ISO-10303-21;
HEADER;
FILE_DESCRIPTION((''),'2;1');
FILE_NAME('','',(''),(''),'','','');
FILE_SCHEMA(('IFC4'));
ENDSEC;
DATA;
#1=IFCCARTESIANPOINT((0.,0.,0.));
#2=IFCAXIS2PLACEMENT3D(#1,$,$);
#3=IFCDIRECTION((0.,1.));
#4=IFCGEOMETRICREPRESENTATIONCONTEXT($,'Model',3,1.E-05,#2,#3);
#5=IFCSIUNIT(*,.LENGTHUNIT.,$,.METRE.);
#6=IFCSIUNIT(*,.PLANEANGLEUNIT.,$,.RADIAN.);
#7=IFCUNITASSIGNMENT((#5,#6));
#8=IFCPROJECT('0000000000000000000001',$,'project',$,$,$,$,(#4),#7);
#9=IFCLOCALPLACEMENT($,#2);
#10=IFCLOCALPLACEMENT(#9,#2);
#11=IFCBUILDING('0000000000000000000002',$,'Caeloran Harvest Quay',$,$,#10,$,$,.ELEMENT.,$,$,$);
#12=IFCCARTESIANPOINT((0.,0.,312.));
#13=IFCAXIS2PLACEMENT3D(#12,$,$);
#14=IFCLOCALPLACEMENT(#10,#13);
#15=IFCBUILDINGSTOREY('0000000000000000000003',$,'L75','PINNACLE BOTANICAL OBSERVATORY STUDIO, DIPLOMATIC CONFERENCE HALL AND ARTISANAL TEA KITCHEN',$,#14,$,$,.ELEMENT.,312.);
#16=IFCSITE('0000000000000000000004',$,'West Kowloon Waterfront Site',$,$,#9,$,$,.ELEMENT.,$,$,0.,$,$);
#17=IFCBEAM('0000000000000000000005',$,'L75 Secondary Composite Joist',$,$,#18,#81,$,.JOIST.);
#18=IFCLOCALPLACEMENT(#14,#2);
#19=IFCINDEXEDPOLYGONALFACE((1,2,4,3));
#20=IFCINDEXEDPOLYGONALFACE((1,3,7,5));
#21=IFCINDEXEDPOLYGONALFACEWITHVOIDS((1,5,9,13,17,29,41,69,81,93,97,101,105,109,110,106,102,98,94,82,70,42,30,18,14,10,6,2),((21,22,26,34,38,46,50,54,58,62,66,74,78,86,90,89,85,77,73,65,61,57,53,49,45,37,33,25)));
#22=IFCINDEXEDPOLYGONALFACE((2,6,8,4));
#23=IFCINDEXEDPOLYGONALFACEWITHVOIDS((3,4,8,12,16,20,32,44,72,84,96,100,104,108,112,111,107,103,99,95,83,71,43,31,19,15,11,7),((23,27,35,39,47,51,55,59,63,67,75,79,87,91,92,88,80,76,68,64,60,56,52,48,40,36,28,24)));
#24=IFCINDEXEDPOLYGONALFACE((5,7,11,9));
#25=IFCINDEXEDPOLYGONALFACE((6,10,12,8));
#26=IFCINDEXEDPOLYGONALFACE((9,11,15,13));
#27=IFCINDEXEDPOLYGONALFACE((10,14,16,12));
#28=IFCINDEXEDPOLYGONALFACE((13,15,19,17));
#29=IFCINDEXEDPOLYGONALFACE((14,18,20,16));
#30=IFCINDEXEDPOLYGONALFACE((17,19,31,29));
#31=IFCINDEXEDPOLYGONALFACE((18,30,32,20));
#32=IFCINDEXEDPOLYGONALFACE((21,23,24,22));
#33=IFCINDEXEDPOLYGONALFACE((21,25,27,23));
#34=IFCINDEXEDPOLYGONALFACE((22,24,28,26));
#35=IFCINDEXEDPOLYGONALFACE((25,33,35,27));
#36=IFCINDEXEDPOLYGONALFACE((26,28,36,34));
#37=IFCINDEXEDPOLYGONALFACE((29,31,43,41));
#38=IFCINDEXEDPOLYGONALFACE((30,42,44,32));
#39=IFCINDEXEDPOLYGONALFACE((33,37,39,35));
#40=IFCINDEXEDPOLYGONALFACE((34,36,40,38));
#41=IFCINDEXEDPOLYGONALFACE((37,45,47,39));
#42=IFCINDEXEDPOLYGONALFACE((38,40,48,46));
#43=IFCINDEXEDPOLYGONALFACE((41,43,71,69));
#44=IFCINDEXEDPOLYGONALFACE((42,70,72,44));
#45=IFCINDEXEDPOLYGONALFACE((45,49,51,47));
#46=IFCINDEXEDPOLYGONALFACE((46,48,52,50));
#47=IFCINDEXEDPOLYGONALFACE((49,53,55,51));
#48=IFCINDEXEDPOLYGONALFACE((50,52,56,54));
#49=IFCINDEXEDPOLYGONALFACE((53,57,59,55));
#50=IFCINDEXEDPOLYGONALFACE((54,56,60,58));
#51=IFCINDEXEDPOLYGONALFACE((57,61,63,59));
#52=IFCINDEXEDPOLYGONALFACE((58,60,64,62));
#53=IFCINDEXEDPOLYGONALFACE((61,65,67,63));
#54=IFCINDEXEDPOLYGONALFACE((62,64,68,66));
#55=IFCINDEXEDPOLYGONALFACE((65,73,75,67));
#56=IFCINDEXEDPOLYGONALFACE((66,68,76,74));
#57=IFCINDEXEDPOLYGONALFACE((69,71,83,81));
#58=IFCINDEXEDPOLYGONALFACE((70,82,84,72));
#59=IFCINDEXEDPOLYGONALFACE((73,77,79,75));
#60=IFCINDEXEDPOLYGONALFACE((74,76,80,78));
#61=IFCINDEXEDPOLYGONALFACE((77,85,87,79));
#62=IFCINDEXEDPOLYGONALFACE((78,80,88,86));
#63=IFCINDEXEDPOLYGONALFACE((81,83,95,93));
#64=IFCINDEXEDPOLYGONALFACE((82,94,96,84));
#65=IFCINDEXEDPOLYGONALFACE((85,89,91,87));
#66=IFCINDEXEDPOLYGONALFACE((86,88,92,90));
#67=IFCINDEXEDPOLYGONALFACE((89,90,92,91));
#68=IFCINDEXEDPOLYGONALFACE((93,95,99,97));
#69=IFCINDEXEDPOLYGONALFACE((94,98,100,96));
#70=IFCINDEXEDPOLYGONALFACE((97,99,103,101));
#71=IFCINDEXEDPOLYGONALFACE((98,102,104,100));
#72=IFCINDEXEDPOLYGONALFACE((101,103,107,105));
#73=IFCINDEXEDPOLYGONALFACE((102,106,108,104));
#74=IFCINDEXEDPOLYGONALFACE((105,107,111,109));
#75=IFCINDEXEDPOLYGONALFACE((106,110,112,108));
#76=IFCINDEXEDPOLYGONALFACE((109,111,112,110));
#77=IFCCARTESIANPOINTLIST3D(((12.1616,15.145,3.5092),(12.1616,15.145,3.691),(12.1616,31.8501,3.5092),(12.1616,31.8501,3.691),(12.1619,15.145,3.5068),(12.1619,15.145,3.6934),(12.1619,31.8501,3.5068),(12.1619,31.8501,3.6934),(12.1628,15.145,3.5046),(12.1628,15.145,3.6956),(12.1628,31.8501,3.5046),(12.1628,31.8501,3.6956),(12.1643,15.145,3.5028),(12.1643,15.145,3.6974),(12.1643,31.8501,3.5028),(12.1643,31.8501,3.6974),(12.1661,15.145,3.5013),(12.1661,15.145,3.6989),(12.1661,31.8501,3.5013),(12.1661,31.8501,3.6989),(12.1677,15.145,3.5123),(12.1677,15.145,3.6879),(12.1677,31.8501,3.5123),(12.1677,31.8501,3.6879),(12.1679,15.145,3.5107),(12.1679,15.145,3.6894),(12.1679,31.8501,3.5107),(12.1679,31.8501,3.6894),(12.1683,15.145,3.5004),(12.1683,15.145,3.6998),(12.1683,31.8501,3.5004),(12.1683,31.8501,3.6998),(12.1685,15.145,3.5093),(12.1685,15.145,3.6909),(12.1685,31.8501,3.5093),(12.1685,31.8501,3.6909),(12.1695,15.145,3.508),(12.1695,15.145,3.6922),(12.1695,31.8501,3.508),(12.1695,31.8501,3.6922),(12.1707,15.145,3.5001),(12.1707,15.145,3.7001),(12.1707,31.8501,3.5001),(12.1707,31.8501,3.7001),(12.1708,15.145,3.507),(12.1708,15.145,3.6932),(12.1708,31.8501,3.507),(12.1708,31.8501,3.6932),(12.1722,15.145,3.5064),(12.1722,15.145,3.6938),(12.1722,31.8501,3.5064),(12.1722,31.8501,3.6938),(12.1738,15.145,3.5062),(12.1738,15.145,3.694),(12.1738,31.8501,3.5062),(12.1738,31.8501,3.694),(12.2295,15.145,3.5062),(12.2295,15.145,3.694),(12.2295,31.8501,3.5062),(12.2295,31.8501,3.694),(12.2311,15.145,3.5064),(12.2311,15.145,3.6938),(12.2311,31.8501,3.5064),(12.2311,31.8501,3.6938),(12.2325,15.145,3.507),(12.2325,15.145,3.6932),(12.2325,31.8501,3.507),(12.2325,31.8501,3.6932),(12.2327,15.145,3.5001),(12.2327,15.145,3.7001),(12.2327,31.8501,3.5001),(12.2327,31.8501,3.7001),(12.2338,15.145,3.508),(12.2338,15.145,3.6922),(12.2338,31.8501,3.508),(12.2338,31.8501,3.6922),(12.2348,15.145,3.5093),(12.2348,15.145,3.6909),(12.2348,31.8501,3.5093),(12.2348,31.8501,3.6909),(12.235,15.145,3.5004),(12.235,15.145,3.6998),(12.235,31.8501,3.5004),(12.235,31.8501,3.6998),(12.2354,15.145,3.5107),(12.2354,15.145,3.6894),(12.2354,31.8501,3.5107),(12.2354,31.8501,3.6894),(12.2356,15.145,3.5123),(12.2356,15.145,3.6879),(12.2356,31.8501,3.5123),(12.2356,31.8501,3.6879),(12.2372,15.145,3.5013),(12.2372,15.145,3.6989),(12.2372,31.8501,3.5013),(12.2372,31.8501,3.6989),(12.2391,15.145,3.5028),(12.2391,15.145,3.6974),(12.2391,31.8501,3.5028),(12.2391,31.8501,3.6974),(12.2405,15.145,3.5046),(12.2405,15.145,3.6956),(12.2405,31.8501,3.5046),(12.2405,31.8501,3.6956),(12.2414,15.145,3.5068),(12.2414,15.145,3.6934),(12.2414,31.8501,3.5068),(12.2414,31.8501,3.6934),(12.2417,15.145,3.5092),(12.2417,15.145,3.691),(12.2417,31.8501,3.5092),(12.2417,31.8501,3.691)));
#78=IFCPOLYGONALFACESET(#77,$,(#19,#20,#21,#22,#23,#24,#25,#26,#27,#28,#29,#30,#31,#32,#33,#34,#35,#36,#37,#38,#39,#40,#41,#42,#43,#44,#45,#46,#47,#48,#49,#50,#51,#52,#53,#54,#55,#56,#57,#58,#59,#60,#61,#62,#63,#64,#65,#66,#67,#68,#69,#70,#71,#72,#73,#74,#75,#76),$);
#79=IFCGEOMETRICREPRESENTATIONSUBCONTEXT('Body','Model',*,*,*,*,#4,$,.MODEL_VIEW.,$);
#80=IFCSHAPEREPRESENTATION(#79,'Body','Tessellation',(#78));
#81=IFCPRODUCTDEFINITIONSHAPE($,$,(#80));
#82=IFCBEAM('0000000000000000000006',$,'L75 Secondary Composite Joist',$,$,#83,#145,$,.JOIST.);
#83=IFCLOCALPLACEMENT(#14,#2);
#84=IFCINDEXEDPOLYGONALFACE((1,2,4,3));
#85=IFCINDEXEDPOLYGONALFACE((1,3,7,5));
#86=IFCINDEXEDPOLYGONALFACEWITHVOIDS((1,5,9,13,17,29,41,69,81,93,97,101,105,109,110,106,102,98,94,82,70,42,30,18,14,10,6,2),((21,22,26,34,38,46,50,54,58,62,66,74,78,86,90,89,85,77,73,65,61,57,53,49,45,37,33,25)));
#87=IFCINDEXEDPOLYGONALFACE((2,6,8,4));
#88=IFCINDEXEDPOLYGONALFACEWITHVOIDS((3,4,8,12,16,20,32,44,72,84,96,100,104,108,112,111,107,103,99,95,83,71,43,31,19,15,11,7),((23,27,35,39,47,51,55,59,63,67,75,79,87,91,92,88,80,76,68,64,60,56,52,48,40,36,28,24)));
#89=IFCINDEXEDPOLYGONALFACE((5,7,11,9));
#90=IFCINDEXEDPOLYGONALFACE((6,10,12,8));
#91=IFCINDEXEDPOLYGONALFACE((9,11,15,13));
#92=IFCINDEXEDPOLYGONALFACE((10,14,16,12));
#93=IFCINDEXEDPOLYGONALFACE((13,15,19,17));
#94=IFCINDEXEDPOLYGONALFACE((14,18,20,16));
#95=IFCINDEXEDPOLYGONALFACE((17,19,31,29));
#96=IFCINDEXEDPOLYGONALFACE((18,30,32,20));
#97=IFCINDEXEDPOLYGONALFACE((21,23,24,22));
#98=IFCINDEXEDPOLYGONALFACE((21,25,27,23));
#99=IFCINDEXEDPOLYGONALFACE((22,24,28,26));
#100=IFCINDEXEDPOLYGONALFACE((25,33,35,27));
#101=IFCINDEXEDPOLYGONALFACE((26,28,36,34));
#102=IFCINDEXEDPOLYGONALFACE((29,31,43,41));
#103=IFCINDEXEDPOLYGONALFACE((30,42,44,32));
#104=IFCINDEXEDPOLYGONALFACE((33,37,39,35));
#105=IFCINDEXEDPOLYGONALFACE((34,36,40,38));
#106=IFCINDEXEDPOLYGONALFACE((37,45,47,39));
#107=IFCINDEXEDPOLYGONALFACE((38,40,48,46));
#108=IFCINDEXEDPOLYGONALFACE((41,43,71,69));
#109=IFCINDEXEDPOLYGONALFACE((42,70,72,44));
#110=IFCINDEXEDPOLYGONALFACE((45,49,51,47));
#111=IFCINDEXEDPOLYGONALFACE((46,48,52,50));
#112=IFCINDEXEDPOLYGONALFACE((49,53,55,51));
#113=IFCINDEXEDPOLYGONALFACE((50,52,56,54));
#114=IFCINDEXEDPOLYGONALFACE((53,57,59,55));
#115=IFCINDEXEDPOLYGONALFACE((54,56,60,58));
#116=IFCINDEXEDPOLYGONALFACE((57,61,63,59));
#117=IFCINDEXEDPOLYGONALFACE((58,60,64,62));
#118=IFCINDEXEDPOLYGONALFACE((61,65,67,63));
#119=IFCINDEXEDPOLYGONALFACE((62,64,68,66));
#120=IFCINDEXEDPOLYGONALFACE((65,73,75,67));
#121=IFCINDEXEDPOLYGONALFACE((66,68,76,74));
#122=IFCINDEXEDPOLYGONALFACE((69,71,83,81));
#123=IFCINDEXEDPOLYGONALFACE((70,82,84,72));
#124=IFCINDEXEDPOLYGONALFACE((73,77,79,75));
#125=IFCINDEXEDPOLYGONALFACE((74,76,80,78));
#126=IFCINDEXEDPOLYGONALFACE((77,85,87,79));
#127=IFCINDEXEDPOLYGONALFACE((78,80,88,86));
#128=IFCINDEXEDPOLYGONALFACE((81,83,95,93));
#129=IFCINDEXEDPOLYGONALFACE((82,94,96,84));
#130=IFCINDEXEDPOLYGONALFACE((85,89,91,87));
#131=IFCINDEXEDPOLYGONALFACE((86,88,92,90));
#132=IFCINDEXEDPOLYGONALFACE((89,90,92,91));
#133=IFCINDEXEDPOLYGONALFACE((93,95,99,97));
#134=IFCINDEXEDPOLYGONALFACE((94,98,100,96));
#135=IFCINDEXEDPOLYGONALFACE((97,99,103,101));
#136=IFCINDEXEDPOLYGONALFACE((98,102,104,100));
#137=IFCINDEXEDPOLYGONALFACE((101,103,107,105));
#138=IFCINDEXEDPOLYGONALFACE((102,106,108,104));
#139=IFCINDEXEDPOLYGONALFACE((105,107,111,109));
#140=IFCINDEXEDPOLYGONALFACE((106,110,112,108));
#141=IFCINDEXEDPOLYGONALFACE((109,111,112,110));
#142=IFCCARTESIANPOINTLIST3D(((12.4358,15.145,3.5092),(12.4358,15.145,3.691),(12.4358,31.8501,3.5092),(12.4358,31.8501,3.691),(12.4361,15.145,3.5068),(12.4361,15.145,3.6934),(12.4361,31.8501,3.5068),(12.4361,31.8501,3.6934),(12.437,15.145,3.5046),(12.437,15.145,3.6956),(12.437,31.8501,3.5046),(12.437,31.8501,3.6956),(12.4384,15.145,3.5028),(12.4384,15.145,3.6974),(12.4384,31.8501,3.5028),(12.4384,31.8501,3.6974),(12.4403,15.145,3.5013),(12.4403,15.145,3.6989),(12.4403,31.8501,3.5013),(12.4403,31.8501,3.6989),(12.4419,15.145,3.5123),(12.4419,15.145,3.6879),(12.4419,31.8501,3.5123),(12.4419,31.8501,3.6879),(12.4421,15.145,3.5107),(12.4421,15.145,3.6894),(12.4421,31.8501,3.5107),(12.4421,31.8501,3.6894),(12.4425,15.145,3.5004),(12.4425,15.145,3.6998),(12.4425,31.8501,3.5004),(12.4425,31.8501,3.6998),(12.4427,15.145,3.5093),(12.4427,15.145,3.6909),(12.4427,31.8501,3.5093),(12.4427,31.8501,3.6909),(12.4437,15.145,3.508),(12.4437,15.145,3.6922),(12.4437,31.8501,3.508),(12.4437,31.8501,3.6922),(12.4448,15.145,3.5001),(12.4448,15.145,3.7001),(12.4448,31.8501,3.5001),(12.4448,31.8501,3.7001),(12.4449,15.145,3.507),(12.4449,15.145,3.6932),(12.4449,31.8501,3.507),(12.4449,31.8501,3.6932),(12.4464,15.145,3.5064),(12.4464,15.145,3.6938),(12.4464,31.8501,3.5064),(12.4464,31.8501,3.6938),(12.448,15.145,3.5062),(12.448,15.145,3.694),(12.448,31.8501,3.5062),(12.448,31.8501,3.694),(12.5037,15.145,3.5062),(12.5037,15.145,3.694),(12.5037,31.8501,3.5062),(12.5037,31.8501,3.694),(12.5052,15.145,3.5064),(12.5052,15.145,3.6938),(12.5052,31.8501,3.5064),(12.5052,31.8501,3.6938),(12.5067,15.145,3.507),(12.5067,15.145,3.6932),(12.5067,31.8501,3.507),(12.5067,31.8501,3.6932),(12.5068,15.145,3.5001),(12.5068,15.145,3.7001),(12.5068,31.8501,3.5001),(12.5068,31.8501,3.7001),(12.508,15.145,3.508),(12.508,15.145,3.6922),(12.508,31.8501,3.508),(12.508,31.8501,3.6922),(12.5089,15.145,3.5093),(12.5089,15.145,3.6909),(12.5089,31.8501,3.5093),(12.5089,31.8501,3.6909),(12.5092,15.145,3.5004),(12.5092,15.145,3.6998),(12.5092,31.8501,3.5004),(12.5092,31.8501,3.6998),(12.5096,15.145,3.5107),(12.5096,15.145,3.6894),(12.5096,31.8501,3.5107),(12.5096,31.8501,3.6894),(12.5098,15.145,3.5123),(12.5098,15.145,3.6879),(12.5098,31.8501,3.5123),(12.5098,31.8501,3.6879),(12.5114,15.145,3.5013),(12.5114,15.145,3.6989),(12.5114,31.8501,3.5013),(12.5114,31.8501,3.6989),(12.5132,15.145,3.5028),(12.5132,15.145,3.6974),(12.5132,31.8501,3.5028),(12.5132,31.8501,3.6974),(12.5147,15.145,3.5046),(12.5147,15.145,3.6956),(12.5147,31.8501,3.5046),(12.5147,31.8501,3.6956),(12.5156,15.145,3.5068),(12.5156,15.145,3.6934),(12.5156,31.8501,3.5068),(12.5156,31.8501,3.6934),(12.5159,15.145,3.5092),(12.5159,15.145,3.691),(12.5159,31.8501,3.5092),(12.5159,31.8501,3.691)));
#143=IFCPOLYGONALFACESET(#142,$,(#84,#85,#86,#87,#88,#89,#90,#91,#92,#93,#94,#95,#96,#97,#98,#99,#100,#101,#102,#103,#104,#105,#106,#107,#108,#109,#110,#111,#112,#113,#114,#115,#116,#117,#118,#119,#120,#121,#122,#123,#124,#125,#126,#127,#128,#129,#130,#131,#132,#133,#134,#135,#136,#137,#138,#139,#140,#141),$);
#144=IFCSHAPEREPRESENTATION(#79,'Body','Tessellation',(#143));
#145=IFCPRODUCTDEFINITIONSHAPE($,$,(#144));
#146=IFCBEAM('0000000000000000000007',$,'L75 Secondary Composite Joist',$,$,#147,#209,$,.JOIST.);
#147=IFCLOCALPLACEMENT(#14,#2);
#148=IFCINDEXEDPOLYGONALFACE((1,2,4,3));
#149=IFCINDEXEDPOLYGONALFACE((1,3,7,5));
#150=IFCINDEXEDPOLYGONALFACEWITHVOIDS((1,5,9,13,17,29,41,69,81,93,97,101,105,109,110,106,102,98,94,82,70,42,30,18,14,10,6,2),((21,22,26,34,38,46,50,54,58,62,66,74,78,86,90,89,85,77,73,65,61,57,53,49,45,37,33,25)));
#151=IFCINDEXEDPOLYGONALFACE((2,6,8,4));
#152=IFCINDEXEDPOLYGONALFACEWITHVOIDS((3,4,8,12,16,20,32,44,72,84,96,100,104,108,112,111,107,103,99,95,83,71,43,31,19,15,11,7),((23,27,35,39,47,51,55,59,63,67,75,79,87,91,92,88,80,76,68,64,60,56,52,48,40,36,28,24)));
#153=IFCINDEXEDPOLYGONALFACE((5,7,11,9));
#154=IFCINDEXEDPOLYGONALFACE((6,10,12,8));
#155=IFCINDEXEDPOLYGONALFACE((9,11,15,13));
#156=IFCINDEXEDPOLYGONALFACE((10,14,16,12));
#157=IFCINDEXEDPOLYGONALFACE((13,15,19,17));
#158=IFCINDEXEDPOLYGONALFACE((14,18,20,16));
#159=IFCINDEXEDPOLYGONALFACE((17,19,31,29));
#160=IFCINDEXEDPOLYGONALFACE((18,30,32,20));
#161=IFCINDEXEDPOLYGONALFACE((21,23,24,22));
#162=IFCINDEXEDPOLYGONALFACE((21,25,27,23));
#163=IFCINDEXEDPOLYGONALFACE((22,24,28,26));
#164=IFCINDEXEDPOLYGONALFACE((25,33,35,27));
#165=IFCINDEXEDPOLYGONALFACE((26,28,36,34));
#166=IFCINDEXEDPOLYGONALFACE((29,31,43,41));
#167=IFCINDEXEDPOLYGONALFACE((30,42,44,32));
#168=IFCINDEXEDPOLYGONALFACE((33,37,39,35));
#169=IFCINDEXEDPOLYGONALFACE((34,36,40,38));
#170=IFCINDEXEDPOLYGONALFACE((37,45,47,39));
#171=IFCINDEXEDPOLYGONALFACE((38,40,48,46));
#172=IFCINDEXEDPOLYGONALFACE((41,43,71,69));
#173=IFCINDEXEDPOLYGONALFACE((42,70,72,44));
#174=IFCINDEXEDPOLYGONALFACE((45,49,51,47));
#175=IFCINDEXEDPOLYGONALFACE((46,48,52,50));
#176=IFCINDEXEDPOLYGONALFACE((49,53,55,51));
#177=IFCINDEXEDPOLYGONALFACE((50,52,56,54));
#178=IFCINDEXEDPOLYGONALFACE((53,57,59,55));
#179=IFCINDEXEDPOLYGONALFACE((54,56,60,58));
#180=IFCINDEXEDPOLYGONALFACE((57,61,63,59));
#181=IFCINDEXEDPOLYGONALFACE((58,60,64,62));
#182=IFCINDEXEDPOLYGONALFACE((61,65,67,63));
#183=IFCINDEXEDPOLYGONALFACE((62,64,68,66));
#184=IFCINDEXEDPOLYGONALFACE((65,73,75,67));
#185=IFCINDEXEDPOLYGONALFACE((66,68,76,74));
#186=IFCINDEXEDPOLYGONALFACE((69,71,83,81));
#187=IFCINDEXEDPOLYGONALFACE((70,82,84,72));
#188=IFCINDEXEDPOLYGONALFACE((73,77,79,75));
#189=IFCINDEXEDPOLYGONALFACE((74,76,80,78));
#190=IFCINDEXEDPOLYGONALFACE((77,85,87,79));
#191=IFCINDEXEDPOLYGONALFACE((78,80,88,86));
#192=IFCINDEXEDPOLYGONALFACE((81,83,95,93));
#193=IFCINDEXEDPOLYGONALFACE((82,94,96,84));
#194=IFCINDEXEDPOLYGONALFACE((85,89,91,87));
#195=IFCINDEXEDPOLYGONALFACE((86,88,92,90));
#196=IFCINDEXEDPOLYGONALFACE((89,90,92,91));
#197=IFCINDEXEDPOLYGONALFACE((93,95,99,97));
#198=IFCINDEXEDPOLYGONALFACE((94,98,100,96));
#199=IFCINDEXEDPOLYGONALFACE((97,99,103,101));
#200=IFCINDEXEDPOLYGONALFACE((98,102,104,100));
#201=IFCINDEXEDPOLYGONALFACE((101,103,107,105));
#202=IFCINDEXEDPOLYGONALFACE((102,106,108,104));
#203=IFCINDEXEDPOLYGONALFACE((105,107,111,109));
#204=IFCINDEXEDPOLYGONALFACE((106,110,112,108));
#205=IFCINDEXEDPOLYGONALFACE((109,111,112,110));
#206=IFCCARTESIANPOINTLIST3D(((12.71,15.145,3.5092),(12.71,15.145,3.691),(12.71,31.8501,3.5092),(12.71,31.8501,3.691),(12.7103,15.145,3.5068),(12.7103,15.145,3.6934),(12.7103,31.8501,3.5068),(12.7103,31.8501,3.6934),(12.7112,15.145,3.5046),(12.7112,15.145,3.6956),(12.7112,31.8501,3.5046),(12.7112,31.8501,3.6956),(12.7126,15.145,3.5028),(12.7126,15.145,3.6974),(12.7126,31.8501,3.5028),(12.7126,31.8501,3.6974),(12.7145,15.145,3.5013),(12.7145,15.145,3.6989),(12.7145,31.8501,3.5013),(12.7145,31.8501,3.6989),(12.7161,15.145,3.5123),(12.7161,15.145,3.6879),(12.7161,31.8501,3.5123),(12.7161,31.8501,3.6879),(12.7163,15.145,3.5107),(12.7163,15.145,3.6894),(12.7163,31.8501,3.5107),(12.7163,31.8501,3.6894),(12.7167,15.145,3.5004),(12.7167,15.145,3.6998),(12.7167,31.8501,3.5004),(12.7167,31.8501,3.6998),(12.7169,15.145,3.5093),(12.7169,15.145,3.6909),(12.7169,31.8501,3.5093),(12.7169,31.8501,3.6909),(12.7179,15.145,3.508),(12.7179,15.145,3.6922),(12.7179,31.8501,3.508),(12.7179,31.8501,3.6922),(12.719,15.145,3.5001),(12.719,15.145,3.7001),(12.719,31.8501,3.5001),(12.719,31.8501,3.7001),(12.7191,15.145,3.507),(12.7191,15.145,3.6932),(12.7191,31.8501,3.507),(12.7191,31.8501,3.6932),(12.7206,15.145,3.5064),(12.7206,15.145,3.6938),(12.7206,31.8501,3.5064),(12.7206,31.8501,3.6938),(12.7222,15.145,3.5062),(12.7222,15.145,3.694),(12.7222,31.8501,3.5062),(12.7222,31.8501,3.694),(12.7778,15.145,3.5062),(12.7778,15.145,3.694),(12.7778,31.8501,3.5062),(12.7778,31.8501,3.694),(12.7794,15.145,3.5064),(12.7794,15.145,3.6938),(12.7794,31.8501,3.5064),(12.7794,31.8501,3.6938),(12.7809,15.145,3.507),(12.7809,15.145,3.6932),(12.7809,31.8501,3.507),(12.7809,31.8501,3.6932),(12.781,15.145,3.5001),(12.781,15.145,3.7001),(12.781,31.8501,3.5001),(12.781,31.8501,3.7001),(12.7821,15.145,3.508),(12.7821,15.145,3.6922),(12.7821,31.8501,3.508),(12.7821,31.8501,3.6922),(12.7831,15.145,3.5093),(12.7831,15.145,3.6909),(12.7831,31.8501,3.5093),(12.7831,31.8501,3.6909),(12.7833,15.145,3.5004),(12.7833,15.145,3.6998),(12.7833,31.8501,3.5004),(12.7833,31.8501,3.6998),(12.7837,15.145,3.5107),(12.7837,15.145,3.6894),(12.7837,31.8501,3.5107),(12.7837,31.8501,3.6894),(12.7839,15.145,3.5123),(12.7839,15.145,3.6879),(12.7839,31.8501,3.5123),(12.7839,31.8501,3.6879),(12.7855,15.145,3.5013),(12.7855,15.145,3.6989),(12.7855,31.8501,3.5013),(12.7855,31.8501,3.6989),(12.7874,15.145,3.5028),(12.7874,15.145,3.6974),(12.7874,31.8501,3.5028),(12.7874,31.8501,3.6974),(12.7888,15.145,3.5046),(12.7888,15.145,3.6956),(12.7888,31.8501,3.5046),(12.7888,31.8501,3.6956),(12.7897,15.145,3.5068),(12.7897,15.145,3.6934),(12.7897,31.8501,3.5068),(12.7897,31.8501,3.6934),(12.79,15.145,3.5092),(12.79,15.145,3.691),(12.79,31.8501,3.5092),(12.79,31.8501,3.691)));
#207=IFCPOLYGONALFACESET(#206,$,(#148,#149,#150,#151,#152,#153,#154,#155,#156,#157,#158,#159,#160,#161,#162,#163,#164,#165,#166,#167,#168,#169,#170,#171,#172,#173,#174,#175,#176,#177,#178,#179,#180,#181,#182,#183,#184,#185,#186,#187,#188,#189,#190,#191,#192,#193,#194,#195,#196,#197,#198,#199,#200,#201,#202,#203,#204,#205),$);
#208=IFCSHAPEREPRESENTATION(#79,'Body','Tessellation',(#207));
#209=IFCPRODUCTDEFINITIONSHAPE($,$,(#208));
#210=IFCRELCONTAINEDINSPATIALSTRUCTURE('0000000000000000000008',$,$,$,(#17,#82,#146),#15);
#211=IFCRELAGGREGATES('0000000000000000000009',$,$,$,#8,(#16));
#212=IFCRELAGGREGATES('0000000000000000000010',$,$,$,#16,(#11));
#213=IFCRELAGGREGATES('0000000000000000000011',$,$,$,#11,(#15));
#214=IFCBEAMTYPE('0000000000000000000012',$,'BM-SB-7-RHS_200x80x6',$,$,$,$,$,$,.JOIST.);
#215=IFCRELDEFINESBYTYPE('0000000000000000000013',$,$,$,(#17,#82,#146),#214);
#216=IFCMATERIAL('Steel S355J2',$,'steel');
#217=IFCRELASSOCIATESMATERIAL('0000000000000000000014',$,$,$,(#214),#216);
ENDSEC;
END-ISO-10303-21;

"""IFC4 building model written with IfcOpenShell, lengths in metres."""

from ifc_helpers import new_model, si_unit, direction, frame, origin, origin_2d, place, context, subcontext, project, spatial, hollow_rectangle, extrude, material, material_profile, profile_set, type_object, element, save


model = new_model("IFC4")

# Units and contexts
model_context = context("Model", 3, precision=1e-05, world=origin(), true_north=direction((0.0, 1.0)))
body_context = subcontext(model_context, "Body", "Model", "MODEL_VIEW")
ifc_project = project(units=[si_unit("LENGTHUNIT", "METRE"), si_unit("PLANEANGLEUNIT", "RADIAN")], contexts=[model_context])

# Site, building, storey
site_placement = place(None, origin())
site = spatial("IfcSite", under=ifc_project, at=site_placement, Name="West Kowloon Waterfront Site", CompositionType="ELEMENT", RefElevation=0.0)
building_placement = place(site_placement, origin())
building = spatial("IfcBuilding", under=site, at=building_placement, Name="Caeloran Harvest Quay", CompositionType="ELEMENT")
storey_placement = place(building_placement, frame((0.0, 0.0, 312.0)))
storey = spatial("IfcBuildingStorey", under=building, at=storey_placement, Name="L75", Description="PINNACLE BOTANICAL OBSERVATORY STUDIO, DIPLOMATIC CONFERENCE HALL AND ARTISANAL TEA KITCHEN", CompositionType="ELEMENT", Elevation=312.0)

# Beams
ifc_material_1 = material(Name="Steel S355J2", Category="steel")
ifc_material_profile_1 = material_profile(ifc_material_1, hollow_rectangle(XDim=0.0801, YDim=0.2, WallThickness=0.0061, InnerFilletRadius=0.0061, OuterFilletRadius=0.009, at=origin_2d()), Name="RHS 200x80x6")
ifc_profile_set_1 = profile_set([ifc_material_profile_1], Name="Steel S355J2")
beam_type_1 = type_object("IfcBeamType", Name="BM-SB-7-RHS_200x80x6", PredefinedType="JOIST", material=ifc_profile_set_1)
for number, where, z_axis, x_axis, name in (
    (1, (12.2017, 15.145, 3.6001), (0.0, 1.0, 0.0), (-1.0, 0.0, 0.0), "L75 Secondary Composite Joist"),
    (2, (12.4758, 15.145, 3.6001), (0.0, 1.0, 0.0), (-1.0, 0.0, 0.0), "L75 Secondary Composite Joist"),
    (3, (12.75, 15.145, 3.6001), (0.0, 1.0, 0.0), (-1.0, 0.0, 0.0), "L75 Secondary Composite Joist"),
):
    element("IfcBeam", number, at=place(storey_placement, frame(where, z_axis=z_axis, x_axis=x_axis)), inside=storey, type_object=beam_type_1, Name=name, PredefinedType="JOIST", context=body_context, shape_type="SweptSolid", body=[
        extrude(hollow_rectangle(XDim=0.0801, YDim=0.2, WallThickness=0.0061, InnerFilletRadius=0.0061, OuterFilletRadius=0.009, at=origin_2d()), origin(), (0.0, 0.0, 1.0), 16.7051),
    ])

save(model, "model.ifc")
